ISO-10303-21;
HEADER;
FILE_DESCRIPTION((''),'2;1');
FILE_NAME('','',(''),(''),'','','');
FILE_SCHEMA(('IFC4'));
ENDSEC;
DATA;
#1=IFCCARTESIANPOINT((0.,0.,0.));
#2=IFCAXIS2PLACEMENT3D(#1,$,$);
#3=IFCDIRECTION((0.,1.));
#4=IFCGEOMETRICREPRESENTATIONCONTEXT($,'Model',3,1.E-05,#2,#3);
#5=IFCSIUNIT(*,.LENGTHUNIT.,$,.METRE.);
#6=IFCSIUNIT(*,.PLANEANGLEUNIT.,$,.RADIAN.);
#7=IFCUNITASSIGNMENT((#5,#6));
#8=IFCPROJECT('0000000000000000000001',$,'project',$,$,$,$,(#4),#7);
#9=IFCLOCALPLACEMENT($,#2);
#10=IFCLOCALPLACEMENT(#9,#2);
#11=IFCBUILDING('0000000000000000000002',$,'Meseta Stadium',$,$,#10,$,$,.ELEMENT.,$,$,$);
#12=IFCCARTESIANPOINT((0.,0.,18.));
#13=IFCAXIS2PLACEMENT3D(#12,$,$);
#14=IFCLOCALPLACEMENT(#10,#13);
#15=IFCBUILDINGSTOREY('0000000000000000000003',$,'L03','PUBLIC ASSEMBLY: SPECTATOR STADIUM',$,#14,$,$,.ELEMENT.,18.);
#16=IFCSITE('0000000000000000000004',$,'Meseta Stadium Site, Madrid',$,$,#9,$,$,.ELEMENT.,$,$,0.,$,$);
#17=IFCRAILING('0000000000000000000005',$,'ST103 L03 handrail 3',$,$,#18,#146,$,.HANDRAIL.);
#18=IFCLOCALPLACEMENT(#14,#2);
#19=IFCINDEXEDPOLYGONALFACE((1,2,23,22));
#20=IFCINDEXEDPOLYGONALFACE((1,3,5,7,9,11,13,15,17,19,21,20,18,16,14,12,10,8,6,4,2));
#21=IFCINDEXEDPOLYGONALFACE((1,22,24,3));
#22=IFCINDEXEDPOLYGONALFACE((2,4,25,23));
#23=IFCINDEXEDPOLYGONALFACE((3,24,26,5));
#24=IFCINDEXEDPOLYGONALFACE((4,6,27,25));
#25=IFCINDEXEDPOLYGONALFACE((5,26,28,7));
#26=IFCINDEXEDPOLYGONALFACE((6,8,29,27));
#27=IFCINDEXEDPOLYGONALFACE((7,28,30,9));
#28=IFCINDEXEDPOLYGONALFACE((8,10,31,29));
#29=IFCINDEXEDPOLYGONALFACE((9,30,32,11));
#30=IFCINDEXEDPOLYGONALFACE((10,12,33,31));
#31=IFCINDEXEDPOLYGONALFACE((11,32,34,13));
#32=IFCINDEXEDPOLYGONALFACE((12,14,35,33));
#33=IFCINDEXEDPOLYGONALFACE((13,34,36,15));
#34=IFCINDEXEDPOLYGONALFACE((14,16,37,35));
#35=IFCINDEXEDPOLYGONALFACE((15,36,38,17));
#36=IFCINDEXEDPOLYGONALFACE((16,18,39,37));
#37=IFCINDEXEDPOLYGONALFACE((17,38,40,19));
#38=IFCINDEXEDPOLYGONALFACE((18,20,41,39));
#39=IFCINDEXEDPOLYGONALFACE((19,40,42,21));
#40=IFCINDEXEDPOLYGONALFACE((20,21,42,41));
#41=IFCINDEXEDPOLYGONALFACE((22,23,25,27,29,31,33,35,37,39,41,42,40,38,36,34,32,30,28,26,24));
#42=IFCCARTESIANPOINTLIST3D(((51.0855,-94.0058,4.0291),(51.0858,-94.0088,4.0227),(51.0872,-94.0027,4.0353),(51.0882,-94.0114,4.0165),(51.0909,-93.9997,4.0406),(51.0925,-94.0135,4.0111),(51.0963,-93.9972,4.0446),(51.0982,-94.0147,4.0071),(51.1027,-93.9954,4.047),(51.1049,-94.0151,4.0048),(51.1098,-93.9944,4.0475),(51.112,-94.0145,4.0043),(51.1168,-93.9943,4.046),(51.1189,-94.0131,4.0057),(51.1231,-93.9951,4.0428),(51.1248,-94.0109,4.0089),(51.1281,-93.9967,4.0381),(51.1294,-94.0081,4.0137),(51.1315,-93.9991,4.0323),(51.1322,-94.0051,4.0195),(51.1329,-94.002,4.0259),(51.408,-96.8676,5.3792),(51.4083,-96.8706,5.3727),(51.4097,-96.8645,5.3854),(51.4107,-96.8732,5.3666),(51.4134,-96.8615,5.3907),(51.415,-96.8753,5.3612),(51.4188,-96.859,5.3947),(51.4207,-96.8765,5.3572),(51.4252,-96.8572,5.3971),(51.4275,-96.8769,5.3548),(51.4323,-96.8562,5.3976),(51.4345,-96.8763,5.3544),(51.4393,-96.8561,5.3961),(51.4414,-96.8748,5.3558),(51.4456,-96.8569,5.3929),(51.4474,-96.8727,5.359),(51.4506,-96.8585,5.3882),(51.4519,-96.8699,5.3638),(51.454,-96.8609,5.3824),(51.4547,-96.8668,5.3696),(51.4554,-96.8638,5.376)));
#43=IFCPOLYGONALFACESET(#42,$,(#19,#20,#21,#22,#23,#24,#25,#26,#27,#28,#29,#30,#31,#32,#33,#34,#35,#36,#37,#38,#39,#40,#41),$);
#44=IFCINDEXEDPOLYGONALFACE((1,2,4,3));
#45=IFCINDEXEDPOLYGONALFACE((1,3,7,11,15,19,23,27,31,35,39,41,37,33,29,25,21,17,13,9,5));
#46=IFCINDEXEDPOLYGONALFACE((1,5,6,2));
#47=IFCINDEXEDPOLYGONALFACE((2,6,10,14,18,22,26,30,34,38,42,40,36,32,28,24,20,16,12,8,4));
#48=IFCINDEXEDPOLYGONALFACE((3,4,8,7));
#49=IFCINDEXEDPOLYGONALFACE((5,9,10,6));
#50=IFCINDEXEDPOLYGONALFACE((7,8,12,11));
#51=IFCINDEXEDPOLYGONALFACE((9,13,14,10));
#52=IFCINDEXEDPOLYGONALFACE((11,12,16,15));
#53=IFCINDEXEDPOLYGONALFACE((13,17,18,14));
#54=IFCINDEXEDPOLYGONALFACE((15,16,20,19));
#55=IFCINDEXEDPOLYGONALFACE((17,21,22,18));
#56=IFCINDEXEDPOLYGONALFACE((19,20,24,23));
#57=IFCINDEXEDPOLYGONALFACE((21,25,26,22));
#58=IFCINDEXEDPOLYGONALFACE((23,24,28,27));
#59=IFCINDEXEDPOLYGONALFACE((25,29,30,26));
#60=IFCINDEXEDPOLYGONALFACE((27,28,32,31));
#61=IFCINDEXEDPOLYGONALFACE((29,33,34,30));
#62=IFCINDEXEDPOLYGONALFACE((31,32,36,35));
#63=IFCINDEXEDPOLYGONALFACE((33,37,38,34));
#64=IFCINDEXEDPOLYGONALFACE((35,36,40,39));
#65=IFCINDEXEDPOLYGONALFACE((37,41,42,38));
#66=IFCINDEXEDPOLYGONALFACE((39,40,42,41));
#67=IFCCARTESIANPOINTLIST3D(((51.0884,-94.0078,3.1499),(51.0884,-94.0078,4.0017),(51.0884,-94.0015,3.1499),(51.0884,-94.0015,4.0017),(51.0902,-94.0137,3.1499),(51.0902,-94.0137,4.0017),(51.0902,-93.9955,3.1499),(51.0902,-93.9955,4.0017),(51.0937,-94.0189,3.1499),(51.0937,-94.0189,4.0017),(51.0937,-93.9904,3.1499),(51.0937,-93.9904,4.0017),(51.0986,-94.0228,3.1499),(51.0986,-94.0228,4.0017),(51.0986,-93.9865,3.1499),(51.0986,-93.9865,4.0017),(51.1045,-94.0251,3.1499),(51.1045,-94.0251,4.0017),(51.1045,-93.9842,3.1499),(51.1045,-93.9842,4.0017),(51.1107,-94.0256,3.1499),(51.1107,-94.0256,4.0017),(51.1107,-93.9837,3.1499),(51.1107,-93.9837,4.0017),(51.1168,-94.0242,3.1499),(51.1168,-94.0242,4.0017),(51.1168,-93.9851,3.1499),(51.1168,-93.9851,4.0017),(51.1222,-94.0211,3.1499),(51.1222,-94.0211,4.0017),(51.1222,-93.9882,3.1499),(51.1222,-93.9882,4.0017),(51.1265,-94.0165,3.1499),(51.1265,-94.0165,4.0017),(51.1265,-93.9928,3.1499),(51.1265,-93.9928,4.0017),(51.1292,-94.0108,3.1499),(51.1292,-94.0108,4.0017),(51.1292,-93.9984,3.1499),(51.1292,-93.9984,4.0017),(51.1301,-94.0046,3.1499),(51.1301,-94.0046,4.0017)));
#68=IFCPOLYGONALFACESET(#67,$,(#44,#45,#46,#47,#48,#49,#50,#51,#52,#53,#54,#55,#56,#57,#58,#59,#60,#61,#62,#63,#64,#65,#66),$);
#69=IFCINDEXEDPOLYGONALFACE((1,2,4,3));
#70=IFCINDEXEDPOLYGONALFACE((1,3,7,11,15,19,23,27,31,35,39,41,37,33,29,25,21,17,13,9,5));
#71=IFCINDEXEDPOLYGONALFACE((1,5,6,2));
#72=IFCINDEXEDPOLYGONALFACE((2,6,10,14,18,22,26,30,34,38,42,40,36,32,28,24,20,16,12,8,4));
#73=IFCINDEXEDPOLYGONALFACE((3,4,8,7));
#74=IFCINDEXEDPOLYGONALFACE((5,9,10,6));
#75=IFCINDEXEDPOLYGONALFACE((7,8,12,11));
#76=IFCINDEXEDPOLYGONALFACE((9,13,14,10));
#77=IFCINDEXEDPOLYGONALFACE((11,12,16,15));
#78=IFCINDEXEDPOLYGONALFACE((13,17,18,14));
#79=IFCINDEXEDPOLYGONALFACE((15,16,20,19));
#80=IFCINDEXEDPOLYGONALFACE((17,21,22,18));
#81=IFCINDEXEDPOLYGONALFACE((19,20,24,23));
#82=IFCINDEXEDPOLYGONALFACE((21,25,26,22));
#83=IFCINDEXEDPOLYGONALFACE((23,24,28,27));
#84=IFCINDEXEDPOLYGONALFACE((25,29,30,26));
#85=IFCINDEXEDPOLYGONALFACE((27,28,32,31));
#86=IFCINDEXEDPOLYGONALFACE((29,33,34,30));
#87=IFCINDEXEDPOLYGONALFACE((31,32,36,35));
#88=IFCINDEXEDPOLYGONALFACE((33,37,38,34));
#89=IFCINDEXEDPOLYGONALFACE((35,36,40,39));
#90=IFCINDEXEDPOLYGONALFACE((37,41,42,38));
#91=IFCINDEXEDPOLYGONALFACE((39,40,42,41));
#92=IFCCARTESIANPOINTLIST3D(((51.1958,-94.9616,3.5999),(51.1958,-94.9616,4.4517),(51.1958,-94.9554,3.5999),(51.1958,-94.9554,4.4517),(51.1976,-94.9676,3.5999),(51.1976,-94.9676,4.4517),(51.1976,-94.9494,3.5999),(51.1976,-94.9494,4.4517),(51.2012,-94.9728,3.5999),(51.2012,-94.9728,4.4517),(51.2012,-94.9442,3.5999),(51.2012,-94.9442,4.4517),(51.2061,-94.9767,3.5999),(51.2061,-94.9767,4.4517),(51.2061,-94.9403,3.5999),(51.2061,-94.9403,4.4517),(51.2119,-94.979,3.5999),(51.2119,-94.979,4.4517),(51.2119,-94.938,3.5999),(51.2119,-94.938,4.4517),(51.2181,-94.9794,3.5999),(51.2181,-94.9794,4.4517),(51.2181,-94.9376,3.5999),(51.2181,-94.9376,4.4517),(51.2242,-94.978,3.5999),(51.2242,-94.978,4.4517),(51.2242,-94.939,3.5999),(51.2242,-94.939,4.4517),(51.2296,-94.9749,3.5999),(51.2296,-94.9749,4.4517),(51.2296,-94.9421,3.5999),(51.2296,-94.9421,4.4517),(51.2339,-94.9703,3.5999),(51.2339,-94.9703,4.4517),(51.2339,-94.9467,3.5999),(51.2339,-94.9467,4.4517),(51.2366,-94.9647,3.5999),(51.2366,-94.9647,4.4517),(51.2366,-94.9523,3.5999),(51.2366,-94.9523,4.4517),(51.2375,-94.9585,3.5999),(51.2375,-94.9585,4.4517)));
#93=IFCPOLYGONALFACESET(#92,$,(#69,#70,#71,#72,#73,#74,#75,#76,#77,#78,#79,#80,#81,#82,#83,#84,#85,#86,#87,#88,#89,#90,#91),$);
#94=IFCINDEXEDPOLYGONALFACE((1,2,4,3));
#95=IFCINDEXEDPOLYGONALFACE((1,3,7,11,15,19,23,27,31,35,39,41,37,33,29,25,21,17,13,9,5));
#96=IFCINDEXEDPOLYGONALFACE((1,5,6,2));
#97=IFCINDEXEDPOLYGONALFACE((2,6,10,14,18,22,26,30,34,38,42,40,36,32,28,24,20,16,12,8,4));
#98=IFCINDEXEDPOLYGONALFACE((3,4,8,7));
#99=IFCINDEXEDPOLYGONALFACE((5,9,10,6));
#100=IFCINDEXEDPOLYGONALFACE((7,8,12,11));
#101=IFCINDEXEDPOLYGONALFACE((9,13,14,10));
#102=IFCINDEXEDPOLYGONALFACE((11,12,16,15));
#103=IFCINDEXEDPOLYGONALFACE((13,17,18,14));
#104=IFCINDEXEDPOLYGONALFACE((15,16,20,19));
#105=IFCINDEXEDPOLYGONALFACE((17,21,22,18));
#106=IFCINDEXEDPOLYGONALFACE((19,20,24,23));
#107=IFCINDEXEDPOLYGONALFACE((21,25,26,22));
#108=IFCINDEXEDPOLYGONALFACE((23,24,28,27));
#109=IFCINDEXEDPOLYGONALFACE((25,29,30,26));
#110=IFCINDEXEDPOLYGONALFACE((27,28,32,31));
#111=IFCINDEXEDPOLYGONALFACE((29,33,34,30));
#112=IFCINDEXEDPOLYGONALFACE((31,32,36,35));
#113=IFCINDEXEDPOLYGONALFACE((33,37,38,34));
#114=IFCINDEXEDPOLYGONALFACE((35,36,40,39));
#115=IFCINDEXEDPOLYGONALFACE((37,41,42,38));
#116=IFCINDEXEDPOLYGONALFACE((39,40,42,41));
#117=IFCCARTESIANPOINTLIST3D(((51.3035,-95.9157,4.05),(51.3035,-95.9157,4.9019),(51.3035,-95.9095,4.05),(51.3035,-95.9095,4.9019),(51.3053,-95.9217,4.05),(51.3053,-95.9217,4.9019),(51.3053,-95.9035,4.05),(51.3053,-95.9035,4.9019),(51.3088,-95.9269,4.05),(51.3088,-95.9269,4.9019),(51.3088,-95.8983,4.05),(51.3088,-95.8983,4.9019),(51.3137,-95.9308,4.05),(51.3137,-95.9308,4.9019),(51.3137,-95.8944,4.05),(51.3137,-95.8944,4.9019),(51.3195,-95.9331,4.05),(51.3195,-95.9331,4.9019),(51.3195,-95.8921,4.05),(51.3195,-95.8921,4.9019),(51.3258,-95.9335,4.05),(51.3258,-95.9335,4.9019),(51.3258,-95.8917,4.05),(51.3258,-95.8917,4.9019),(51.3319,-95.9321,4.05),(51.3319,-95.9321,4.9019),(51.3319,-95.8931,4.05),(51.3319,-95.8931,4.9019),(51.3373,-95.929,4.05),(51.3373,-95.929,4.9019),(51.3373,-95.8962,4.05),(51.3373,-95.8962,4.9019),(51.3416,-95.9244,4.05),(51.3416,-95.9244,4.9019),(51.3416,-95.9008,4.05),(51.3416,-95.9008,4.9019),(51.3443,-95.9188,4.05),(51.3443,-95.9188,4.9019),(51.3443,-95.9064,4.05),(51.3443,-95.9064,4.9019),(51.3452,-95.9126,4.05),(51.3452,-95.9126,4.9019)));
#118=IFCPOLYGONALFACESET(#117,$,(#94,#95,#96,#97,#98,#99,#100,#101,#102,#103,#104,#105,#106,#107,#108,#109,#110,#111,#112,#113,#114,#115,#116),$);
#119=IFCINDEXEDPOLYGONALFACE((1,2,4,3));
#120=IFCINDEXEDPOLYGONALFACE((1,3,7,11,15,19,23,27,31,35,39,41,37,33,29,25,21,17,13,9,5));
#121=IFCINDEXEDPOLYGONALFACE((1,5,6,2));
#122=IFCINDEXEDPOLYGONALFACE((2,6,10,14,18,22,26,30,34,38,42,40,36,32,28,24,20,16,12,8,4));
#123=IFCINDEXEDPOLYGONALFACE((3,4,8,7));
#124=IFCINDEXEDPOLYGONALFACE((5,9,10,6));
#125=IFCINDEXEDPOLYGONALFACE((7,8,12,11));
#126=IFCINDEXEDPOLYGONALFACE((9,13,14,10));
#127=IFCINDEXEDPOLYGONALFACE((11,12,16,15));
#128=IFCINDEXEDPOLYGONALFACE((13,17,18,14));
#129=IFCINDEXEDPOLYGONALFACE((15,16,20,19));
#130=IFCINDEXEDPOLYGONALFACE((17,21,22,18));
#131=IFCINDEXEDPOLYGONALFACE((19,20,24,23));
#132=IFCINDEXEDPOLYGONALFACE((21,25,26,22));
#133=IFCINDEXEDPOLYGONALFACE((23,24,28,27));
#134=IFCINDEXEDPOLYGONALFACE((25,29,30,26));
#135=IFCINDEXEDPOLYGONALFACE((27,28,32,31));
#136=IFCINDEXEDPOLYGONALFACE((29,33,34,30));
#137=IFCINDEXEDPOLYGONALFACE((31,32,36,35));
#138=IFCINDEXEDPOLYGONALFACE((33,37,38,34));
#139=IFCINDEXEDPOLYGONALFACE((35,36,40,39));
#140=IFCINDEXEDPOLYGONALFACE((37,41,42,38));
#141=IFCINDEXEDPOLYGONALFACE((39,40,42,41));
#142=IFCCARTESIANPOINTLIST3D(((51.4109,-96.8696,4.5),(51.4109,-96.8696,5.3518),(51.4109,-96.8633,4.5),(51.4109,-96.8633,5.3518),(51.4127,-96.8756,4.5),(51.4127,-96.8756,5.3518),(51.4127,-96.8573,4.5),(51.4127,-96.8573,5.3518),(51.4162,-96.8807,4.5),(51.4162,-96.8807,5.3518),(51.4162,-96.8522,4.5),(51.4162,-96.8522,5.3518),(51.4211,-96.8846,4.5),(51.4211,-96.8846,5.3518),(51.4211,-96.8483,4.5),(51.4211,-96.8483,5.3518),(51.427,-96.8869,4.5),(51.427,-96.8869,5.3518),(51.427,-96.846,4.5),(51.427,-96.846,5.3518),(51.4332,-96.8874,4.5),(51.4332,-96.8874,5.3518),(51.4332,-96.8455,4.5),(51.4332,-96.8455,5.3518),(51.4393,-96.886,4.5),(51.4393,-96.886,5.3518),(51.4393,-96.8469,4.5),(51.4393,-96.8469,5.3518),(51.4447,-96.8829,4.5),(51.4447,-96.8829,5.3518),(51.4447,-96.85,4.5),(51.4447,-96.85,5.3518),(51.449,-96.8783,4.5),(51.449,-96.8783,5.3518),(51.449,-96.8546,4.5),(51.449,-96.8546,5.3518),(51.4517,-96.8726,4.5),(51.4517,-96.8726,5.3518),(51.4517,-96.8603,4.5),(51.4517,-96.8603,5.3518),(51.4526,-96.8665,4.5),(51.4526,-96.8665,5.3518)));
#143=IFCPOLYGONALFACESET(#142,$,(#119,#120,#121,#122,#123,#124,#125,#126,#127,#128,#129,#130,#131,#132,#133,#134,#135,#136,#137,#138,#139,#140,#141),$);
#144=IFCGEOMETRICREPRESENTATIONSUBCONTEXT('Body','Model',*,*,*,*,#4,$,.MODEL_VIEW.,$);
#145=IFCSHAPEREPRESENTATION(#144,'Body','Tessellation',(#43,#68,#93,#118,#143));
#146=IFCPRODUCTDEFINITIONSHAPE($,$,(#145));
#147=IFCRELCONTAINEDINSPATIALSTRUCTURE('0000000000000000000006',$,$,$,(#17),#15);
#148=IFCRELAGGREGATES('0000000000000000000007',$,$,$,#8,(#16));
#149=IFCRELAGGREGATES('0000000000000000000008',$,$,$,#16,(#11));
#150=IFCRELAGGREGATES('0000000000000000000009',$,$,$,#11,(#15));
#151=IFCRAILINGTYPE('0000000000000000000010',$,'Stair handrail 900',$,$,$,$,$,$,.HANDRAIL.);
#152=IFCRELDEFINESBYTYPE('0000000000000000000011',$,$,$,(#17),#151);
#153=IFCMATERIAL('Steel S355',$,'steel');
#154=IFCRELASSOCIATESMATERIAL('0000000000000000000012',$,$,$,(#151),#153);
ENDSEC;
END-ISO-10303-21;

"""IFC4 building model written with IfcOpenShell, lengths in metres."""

from ifc_helpers import new_model, si_unit, direction, frame, origin, origin_2d, place, context, subcontext, project, spatial, circle, extrude, material, type_object, element, save


model = new_model("IFC4")

# Units and contexts
model_context = context("Model", 3, precision=1e-05, world=origin(), true_north=direction((0.0, 1.0)))
body_context = subcontext(model_context, "Body", "Model", "MODEL_VIEW")
ifc_project = project(units=[si_unit("LENGTHUNIT", "METRE"), si_unit("PLANEANGLEUNIT", "RADIAN")], contexts=[model_context])

# Site, building, storey
site_placement = place(None, origin())
site = spatial("IfcSite", under=ifc_project, at=site_placement, Name="Meseta Stadium Site, Madrid", CompositionType="ELEMENT", RefElevation=0.0)
building_placement = place(site_placement, origin())
building = spatial("IfcBuilding", under=site, at=building_placement, Name="Meseta Stadium", CompositionType="ELEMENT")
storey_placement = place(building_placement, frame((0.0, 0.0, 18.0)))
storey = spatial("IfcBuildingStorey", under=building, at=storey_placement, Name="L03", Description="PUBLIC ASSEMBLY: SPECTATOR STADIUM", CompositionType="ELEMENT", Elevation=18.0)

# Railing
ifc_material_1 = material(Name="Steel S355", Category="steel")
railing_type_1 = type_object("IfcRailingType", Name="Stair handrail 900", PredefinedType="HANDRAIL", material=ifc_material_1)
for number, where, name in (
    (1, (51.1091, -94.0046, 3.1499), "ST103 L03 handrail 3"),
):
    element("IfcRailing", number, at=place(storey_placement, frame(where)), inside=storey, type_object=railing_type_1, Name=name, PredefinedType="HANDRAIL", context=body_context, shape_type="SweptSolid", body=[
        extrude(circle(Radius=0.0239, at=origin_2d()), frame((0.0, 0.0, 0.876), z_axis=(0.101396, -0.899748, 0.424467), x_axis=(0.99371, 0.111985, 0.0)), (0.0, 0.0, 1.0), 3.1807),
        extrude(circle(Radius=0.021, at=origin_2d()), origin(), (0.0, 0.0, 1.0), 0.8518),
        extrude(circle(Radius=0.021, at=origin_2d()), frame((0.1074, -0.9539, 0.45)), (0.0, 0.0, 1.0), 0.8518),
        extrude(circle(Radius=0.021, at=origin_2d()), frame((0.2151, -1.908, 0.9001)), (0.0, 0.0, 1.0), 0.8518),
        extrude(circle(Radius=0.021, at=origin_2d()), frame((0.3225, -2.8618, 1.3501)), (0.0, 0.0, 1.0), 0.8518),
    ])

save(model, "model.ifc")
